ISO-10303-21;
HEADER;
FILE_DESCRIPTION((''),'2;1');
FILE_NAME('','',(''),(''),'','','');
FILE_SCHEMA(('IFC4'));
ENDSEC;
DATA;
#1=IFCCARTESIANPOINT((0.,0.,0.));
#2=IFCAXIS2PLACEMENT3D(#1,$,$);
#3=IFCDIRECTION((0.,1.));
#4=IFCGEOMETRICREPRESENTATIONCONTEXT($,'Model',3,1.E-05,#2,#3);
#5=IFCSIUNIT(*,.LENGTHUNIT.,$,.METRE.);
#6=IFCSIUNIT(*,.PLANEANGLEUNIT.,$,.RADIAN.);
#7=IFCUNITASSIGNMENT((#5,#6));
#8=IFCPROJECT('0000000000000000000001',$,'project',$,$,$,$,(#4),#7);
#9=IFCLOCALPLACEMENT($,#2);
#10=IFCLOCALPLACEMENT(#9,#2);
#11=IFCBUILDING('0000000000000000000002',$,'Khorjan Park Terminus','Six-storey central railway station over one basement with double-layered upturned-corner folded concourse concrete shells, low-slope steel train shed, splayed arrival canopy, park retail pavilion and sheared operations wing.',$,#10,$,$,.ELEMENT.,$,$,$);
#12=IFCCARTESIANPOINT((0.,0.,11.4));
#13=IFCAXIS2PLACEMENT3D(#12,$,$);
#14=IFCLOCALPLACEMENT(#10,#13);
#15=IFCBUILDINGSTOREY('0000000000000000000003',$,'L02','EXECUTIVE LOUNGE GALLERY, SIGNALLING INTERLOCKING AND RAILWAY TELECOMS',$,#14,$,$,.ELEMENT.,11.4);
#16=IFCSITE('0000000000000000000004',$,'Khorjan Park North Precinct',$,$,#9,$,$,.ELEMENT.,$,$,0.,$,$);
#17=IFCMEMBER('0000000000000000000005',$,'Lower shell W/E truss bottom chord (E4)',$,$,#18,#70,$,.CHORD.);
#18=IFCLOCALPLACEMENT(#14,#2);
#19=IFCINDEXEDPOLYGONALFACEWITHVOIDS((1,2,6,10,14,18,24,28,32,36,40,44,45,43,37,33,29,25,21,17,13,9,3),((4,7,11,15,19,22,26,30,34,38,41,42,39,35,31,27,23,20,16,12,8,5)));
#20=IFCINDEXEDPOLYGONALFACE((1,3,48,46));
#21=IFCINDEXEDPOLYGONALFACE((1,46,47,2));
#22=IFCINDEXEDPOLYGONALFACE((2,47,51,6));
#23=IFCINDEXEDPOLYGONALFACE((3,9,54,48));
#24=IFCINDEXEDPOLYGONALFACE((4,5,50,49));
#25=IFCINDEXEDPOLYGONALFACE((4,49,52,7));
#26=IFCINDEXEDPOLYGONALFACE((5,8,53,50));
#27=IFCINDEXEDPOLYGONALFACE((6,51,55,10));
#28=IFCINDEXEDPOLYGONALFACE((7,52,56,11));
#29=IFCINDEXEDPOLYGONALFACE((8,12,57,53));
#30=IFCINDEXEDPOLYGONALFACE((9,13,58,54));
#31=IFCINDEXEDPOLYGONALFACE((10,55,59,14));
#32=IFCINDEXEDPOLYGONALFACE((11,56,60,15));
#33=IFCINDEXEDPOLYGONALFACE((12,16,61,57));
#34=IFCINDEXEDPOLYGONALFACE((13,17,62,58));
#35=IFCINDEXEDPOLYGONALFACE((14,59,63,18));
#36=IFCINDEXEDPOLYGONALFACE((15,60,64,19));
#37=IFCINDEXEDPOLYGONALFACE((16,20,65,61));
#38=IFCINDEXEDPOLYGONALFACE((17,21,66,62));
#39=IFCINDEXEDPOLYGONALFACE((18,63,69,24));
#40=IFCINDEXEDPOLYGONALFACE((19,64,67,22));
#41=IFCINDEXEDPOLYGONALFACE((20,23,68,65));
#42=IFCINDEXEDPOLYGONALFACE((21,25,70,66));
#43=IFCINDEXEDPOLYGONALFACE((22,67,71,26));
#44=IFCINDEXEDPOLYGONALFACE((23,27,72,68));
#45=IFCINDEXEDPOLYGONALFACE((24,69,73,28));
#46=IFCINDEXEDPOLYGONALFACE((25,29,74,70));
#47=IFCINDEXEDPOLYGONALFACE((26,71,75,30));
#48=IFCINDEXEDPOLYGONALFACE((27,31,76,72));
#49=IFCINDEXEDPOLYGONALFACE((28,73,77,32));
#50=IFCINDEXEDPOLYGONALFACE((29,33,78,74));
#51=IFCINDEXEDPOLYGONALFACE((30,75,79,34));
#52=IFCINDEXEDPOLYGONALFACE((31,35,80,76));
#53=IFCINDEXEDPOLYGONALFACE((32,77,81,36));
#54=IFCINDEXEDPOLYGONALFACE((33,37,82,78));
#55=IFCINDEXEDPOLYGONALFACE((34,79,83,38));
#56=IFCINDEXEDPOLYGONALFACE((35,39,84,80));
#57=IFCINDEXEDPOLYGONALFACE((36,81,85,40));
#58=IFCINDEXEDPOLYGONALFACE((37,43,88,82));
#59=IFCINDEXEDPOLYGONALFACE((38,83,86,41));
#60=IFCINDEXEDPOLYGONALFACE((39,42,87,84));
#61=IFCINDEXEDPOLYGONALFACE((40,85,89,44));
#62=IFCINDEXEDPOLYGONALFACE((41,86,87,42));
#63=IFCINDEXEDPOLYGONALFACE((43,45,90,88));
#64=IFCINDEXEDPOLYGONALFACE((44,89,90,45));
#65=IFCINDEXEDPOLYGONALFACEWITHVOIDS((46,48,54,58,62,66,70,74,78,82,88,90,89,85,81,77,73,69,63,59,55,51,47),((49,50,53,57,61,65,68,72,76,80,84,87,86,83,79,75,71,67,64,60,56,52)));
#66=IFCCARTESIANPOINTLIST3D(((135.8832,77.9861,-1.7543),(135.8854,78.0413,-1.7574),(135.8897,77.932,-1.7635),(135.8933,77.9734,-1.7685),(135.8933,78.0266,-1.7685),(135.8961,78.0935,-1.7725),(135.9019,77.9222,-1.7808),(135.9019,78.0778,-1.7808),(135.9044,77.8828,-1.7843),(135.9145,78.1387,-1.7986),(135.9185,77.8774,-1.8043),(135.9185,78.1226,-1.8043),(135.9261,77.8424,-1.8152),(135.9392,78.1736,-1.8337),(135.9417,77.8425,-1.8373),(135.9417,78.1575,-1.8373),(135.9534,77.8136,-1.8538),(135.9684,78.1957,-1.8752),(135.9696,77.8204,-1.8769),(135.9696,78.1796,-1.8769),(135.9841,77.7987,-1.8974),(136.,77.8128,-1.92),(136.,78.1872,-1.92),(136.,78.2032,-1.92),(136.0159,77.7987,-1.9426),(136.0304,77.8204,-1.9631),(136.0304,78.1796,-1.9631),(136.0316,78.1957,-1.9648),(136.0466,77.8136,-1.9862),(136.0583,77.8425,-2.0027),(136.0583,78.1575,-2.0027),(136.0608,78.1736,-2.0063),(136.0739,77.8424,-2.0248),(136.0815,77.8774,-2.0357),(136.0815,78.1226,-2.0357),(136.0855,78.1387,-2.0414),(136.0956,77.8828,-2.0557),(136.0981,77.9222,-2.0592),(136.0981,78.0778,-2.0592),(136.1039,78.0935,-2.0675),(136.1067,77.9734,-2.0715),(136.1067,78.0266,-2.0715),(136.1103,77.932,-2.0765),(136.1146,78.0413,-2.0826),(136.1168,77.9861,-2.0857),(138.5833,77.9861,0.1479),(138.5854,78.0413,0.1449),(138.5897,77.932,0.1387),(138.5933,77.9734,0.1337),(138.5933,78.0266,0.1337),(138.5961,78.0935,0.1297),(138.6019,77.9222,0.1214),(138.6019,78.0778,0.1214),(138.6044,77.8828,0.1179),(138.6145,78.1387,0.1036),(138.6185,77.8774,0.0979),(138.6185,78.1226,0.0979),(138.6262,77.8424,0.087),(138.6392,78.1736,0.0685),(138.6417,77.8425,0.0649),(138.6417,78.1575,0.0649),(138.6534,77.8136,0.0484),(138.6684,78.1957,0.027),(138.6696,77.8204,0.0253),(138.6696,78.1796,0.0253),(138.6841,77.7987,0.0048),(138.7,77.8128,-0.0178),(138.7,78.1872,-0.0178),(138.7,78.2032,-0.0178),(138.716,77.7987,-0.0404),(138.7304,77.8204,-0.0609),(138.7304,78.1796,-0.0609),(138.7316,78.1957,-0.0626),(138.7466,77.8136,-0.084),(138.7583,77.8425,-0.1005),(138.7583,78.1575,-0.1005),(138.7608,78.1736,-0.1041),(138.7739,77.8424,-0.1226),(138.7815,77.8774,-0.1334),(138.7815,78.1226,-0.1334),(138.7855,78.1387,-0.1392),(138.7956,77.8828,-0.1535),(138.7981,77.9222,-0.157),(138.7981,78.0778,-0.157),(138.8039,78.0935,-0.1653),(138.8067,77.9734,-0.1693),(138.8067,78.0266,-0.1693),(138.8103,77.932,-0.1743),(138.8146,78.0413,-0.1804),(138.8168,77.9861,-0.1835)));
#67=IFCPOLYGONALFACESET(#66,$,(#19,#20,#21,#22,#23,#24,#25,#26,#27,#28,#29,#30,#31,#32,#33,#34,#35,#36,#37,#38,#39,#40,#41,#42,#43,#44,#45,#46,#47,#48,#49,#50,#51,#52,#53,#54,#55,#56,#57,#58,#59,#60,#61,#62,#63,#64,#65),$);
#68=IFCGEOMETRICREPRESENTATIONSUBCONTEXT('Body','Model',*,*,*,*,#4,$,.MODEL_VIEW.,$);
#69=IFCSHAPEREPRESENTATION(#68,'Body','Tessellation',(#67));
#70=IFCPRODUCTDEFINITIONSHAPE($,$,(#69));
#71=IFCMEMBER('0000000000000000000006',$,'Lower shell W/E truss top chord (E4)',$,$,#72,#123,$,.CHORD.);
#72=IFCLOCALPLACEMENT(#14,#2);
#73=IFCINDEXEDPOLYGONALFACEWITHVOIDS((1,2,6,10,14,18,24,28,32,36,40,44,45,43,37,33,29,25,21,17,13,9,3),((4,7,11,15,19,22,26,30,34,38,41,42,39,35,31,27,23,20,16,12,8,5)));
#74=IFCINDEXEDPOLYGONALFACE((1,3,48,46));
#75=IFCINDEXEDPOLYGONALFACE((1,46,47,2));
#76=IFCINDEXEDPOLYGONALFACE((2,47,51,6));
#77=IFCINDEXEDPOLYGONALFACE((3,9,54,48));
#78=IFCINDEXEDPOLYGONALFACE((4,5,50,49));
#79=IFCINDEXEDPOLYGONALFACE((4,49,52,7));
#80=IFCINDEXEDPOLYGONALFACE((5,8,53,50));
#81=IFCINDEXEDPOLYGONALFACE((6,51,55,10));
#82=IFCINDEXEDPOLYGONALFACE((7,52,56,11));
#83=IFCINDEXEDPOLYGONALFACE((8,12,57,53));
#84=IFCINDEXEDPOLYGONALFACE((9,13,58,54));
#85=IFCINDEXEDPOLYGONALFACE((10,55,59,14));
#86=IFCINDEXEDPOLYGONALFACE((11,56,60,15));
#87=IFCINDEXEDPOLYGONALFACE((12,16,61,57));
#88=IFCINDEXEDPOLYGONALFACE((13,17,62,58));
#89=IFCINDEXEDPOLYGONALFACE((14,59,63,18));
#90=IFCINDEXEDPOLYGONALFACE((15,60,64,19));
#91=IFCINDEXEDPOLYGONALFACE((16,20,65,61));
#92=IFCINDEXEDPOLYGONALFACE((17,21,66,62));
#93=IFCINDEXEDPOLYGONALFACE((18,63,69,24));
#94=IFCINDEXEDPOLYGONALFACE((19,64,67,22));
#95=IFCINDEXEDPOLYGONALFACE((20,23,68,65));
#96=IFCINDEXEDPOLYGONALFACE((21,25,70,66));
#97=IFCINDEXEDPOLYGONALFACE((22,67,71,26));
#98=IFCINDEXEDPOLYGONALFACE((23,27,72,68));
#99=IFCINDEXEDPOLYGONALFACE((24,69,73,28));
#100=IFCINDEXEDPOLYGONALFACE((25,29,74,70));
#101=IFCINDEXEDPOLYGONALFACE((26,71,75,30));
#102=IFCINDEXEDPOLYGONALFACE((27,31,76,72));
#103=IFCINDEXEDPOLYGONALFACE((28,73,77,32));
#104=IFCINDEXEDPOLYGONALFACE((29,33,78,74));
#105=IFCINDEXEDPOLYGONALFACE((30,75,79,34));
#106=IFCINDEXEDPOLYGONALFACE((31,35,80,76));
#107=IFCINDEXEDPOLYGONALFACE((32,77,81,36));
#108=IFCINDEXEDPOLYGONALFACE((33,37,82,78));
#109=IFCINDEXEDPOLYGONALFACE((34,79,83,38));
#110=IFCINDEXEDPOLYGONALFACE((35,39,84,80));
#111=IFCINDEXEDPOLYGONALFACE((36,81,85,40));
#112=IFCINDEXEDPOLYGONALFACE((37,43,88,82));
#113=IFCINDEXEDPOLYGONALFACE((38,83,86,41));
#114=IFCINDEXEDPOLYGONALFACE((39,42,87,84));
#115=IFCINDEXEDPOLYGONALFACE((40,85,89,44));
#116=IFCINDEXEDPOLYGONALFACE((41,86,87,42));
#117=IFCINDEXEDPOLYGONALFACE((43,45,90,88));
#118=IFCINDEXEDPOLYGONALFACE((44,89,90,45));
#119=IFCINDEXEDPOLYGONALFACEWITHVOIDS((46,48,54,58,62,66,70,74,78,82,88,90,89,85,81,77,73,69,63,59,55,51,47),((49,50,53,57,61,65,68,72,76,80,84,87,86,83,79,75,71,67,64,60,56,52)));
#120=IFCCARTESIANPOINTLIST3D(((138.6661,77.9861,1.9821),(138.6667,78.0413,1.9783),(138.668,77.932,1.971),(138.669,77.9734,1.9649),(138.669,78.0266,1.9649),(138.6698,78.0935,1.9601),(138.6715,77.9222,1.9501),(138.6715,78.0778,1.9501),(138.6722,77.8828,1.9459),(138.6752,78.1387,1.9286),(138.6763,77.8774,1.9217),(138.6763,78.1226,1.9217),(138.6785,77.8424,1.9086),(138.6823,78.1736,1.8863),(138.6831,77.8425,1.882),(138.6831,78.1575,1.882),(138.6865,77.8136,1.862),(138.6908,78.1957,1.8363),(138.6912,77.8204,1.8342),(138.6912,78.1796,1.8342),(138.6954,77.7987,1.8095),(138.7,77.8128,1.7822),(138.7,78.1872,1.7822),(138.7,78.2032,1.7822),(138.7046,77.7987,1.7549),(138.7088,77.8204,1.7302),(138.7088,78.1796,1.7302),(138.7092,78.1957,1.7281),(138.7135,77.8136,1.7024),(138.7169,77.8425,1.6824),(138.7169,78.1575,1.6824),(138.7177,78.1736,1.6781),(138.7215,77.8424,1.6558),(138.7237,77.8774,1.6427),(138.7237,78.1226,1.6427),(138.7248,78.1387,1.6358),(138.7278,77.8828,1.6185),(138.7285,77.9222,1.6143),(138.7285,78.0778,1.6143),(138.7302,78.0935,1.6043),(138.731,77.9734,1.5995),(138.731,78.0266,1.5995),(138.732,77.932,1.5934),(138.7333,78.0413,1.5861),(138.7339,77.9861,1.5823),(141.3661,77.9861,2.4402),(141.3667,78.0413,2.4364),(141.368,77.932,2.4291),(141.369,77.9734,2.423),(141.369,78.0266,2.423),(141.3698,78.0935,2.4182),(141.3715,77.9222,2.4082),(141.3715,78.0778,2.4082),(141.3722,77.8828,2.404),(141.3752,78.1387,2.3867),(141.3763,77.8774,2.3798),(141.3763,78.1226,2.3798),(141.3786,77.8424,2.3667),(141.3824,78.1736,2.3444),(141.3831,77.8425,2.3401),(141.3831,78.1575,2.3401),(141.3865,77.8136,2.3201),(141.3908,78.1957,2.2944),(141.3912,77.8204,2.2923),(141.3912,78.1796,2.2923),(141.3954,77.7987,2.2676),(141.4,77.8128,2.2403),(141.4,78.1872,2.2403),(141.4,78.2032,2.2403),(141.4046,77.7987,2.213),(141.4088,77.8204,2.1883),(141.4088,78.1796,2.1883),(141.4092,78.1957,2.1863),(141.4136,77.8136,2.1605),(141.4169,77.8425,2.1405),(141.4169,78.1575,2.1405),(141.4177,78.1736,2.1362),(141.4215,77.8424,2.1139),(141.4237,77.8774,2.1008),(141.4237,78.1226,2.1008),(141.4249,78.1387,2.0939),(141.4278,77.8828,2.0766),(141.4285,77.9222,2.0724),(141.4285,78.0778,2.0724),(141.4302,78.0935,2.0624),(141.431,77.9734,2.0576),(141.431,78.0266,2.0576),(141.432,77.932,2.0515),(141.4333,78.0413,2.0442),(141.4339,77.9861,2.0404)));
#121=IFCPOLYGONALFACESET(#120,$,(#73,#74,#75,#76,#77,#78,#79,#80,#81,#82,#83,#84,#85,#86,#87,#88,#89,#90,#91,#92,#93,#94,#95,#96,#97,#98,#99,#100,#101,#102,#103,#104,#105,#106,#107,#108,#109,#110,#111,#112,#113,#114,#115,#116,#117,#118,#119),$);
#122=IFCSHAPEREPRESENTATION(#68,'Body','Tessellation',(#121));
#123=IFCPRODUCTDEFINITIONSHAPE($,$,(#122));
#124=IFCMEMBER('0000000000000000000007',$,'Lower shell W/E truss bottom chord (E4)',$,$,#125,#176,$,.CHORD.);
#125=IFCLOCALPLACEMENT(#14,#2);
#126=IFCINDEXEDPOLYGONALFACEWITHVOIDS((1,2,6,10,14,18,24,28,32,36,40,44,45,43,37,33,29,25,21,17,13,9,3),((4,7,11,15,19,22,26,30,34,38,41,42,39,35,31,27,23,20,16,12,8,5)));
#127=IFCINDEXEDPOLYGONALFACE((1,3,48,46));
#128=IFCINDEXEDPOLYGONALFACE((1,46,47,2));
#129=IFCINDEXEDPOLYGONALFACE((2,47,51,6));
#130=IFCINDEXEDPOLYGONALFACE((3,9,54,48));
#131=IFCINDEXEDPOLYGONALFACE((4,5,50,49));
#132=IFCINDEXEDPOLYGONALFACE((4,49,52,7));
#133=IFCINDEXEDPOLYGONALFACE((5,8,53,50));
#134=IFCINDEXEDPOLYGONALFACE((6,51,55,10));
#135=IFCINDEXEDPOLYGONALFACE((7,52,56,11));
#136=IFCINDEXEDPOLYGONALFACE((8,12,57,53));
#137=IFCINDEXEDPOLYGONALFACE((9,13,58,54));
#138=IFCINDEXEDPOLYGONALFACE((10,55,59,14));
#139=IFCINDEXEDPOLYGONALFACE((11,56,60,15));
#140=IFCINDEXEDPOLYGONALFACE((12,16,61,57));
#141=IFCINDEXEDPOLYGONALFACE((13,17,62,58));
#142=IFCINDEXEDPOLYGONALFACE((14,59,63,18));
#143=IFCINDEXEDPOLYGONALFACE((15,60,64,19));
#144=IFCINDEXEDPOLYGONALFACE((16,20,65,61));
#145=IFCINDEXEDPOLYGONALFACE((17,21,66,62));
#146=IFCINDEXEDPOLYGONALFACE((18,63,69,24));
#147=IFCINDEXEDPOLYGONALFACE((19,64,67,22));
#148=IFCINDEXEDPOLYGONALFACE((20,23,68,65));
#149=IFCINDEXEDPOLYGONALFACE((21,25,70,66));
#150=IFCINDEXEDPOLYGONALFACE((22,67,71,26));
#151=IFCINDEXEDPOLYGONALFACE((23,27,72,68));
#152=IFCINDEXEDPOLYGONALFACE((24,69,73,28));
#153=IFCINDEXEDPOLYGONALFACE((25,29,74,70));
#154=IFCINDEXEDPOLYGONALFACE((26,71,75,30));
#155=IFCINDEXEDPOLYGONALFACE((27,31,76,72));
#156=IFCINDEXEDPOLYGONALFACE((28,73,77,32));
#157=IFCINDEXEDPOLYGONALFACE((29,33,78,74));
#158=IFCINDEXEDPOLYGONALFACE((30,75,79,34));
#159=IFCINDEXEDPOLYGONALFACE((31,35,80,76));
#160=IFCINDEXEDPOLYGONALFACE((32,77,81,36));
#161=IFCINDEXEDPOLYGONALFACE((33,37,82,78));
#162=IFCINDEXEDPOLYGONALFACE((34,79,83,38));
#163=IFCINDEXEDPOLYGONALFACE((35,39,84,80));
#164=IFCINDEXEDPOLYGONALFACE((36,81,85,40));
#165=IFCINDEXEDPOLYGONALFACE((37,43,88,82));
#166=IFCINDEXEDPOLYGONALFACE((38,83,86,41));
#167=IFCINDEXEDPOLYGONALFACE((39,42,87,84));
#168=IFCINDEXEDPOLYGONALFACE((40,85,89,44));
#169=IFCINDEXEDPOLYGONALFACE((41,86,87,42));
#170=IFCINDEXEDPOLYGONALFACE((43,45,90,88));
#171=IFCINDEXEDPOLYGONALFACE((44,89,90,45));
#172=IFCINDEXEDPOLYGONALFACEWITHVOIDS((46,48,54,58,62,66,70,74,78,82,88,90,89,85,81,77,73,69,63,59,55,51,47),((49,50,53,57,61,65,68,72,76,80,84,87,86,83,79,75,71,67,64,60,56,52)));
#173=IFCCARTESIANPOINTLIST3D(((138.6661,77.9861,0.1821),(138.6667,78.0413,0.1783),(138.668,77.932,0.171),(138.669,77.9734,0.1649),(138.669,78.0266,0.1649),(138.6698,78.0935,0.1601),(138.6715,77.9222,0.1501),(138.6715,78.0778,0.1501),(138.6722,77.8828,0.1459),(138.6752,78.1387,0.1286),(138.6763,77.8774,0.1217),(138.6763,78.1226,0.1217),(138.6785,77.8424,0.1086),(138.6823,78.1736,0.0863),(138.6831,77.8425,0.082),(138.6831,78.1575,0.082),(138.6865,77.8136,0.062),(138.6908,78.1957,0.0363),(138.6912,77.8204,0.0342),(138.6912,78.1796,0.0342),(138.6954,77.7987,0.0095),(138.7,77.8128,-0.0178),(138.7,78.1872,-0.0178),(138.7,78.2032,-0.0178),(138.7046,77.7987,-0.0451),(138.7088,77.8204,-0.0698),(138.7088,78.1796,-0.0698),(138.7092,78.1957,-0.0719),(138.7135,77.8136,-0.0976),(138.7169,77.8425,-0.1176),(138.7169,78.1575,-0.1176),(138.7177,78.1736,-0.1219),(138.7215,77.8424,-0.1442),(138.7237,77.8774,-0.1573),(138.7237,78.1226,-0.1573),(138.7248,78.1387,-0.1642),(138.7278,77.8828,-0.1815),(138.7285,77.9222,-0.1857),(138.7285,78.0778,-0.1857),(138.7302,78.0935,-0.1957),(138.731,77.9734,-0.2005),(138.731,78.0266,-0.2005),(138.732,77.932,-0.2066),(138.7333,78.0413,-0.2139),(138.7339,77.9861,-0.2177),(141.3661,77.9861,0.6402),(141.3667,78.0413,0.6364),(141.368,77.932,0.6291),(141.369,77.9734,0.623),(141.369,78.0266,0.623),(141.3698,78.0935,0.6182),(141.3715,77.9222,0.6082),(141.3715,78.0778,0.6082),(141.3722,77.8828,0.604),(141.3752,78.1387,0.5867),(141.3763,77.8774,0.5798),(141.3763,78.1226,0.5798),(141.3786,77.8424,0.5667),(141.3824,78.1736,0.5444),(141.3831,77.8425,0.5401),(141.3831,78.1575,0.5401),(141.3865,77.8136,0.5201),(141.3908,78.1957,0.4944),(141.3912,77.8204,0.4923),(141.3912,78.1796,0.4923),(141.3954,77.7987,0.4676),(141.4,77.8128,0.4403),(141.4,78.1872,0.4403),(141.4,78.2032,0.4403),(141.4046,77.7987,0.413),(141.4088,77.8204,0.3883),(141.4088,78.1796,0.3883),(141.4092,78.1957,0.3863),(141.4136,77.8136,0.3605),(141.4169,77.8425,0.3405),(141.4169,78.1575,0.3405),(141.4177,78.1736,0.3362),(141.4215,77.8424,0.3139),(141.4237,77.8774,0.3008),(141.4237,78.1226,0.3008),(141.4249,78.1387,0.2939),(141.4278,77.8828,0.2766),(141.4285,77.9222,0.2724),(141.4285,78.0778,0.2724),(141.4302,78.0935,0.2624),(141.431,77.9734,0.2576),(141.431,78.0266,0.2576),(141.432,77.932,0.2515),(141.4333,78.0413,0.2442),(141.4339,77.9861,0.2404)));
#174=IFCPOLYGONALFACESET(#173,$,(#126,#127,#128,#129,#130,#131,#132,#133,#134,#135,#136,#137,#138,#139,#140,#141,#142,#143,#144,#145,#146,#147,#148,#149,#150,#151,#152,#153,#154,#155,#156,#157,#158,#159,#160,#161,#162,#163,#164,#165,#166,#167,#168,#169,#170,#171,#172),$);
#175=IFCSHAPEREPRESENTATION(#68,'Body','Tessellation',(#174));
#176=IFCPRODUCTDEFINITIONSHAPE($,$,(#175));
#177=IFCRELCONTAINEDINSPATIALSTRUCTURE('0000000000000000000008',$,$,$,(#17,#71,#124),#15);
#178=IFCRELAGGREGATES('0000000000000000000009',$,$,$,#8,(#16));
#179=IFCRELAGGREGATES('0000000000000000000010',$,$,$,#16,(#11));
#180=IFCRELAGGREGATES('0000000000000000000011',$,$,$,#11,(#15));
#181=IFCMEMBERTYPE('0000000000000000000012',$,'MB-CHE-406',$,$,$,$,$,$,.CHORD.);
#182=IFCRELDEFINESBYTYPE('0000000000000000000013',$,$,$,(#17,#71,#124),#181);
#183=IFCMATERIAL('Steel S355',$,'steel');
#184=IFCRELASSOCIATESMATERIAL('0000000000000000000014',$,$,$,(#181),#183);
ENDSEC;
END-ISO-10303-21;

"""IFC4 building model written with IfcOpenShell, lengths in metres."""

from ifc_helpers import new_model, si_unit, direction, frame, origin, origin_2d, place, context, subcontext, project, spatial, hollow_circle, extrude, material, material_profile, profile_set, type_object, element, save


model = new_model("IFC4")

# Units and contexts
model_context = context("Model", 3, precision=1e-05, world=origin(), true_north=direction((0.0, 1.0)))
body_context = subcontext(model_context, "Body", "Model", "MODEL_VIEW")
ifc_project = project(units=[si_unit("LENGTHUNIT", "METRE"), si_unit("PLANEANGLEUNIT", "RADIAN")], contexts=[model_context])

# Site, building, storey
site_placement = place(None, origin())
site = spatial("IfcSite", under=ifc_project, at=site_placement, Name="Khorjan Park North Precinct", CompositionType="ELEMENT", RefElevation=0.0)
building_placement = place(site_placement, origin())
building = spatial("IfcBuilding", under=site, at=building_placement, Name="Khorjan Park Terminus", Description="Six-storey central railway station over one basement with double-layered upturned-corner folded concourse concrete shells, low-slope steel train shed, splayed arrival canopy, park retail pavilion and sheared operations wing.", CompositionType="ELEMENT")
storey_placement = place(building_placement, frame((0.0, 0.0, 11.4)))
storey = spatial("IfcBuildingStorey", under=building, at=storey_placement, Name="L02", Description="EXECUTIVE LOUNGE GALLERY, SIGNALLING INTERLOCKING AND RAILWAY TELECOMS", CompositionType="ELEMENT", Elevation=11.4)

# Members
ifc_material_1 = material(Name="Steel S355", Category="steel")
ifc_material_profile_1 = material_profile(ifc_material_1, hollow_circle(Radius=0.2032, WallThickness=0.016, at=origin_2d()), Name="CHS 406.4x16")
ifc_profile_set_1 = profile_set([ifc_material_profile_1], Name="Steel S355")
member_type_1 = type_object("IfcMemberType", Name="MB-CHE-406", PredefinedType="CHORD", material=ifc_profile_set_1)
member_1_placement = place(storey_placement, frame((136.0, 78.0, -1.92), z_axis=(0.817493, 0.0, 0.575939), x_axis=(0.0, 1.0, 0.0)))
element("IfcMember", 1, at=member_1_placement, inside=storey, type_object=member_type_1, Name="Lower shell W/E truss bottom chord (E4)", PredefinedType="CHORD", context=body_context, shape_type="SweptSolid", body=[
    extrude(hollow_circle(Radius=0.2032, WallThickness=0.016, at=origin_2d()), origin(), (0.0, 0.0, 1.0), 3.3028),
])
for number, where, z_axis, x_axis, name in (
    (2, (138.7, 78.0, 1.7822), (0.98591, 0.0, 0.167276), (0.0, 1.0, 0.0), "Lower shell W/E truss top chord (E4)"),
    (3, (138.7, 78.0, -0.0178), (0.98591, 0.0, 0.167276), (0.0, 1.0, 0.0), "Lower shell W/E truss bottom chord (E4)"),
):
    element("IfcMember", number, at=place(storey_placement, frame(where, z_axis=z_axis, x_axis=x_axis)), inside=storey, type_object=member_type_1, Name=name, PredefinedType="CHORD", context=body_context, shape_type="SweptSolid", body=[
        extrude(hollow_circle(Radius=0.2032, WallThickness=0.016, at=origin_2d()), origin(), (0.0, 0.0, 1.0), 2.7386),
    ])

save(model, "model.ifc")
